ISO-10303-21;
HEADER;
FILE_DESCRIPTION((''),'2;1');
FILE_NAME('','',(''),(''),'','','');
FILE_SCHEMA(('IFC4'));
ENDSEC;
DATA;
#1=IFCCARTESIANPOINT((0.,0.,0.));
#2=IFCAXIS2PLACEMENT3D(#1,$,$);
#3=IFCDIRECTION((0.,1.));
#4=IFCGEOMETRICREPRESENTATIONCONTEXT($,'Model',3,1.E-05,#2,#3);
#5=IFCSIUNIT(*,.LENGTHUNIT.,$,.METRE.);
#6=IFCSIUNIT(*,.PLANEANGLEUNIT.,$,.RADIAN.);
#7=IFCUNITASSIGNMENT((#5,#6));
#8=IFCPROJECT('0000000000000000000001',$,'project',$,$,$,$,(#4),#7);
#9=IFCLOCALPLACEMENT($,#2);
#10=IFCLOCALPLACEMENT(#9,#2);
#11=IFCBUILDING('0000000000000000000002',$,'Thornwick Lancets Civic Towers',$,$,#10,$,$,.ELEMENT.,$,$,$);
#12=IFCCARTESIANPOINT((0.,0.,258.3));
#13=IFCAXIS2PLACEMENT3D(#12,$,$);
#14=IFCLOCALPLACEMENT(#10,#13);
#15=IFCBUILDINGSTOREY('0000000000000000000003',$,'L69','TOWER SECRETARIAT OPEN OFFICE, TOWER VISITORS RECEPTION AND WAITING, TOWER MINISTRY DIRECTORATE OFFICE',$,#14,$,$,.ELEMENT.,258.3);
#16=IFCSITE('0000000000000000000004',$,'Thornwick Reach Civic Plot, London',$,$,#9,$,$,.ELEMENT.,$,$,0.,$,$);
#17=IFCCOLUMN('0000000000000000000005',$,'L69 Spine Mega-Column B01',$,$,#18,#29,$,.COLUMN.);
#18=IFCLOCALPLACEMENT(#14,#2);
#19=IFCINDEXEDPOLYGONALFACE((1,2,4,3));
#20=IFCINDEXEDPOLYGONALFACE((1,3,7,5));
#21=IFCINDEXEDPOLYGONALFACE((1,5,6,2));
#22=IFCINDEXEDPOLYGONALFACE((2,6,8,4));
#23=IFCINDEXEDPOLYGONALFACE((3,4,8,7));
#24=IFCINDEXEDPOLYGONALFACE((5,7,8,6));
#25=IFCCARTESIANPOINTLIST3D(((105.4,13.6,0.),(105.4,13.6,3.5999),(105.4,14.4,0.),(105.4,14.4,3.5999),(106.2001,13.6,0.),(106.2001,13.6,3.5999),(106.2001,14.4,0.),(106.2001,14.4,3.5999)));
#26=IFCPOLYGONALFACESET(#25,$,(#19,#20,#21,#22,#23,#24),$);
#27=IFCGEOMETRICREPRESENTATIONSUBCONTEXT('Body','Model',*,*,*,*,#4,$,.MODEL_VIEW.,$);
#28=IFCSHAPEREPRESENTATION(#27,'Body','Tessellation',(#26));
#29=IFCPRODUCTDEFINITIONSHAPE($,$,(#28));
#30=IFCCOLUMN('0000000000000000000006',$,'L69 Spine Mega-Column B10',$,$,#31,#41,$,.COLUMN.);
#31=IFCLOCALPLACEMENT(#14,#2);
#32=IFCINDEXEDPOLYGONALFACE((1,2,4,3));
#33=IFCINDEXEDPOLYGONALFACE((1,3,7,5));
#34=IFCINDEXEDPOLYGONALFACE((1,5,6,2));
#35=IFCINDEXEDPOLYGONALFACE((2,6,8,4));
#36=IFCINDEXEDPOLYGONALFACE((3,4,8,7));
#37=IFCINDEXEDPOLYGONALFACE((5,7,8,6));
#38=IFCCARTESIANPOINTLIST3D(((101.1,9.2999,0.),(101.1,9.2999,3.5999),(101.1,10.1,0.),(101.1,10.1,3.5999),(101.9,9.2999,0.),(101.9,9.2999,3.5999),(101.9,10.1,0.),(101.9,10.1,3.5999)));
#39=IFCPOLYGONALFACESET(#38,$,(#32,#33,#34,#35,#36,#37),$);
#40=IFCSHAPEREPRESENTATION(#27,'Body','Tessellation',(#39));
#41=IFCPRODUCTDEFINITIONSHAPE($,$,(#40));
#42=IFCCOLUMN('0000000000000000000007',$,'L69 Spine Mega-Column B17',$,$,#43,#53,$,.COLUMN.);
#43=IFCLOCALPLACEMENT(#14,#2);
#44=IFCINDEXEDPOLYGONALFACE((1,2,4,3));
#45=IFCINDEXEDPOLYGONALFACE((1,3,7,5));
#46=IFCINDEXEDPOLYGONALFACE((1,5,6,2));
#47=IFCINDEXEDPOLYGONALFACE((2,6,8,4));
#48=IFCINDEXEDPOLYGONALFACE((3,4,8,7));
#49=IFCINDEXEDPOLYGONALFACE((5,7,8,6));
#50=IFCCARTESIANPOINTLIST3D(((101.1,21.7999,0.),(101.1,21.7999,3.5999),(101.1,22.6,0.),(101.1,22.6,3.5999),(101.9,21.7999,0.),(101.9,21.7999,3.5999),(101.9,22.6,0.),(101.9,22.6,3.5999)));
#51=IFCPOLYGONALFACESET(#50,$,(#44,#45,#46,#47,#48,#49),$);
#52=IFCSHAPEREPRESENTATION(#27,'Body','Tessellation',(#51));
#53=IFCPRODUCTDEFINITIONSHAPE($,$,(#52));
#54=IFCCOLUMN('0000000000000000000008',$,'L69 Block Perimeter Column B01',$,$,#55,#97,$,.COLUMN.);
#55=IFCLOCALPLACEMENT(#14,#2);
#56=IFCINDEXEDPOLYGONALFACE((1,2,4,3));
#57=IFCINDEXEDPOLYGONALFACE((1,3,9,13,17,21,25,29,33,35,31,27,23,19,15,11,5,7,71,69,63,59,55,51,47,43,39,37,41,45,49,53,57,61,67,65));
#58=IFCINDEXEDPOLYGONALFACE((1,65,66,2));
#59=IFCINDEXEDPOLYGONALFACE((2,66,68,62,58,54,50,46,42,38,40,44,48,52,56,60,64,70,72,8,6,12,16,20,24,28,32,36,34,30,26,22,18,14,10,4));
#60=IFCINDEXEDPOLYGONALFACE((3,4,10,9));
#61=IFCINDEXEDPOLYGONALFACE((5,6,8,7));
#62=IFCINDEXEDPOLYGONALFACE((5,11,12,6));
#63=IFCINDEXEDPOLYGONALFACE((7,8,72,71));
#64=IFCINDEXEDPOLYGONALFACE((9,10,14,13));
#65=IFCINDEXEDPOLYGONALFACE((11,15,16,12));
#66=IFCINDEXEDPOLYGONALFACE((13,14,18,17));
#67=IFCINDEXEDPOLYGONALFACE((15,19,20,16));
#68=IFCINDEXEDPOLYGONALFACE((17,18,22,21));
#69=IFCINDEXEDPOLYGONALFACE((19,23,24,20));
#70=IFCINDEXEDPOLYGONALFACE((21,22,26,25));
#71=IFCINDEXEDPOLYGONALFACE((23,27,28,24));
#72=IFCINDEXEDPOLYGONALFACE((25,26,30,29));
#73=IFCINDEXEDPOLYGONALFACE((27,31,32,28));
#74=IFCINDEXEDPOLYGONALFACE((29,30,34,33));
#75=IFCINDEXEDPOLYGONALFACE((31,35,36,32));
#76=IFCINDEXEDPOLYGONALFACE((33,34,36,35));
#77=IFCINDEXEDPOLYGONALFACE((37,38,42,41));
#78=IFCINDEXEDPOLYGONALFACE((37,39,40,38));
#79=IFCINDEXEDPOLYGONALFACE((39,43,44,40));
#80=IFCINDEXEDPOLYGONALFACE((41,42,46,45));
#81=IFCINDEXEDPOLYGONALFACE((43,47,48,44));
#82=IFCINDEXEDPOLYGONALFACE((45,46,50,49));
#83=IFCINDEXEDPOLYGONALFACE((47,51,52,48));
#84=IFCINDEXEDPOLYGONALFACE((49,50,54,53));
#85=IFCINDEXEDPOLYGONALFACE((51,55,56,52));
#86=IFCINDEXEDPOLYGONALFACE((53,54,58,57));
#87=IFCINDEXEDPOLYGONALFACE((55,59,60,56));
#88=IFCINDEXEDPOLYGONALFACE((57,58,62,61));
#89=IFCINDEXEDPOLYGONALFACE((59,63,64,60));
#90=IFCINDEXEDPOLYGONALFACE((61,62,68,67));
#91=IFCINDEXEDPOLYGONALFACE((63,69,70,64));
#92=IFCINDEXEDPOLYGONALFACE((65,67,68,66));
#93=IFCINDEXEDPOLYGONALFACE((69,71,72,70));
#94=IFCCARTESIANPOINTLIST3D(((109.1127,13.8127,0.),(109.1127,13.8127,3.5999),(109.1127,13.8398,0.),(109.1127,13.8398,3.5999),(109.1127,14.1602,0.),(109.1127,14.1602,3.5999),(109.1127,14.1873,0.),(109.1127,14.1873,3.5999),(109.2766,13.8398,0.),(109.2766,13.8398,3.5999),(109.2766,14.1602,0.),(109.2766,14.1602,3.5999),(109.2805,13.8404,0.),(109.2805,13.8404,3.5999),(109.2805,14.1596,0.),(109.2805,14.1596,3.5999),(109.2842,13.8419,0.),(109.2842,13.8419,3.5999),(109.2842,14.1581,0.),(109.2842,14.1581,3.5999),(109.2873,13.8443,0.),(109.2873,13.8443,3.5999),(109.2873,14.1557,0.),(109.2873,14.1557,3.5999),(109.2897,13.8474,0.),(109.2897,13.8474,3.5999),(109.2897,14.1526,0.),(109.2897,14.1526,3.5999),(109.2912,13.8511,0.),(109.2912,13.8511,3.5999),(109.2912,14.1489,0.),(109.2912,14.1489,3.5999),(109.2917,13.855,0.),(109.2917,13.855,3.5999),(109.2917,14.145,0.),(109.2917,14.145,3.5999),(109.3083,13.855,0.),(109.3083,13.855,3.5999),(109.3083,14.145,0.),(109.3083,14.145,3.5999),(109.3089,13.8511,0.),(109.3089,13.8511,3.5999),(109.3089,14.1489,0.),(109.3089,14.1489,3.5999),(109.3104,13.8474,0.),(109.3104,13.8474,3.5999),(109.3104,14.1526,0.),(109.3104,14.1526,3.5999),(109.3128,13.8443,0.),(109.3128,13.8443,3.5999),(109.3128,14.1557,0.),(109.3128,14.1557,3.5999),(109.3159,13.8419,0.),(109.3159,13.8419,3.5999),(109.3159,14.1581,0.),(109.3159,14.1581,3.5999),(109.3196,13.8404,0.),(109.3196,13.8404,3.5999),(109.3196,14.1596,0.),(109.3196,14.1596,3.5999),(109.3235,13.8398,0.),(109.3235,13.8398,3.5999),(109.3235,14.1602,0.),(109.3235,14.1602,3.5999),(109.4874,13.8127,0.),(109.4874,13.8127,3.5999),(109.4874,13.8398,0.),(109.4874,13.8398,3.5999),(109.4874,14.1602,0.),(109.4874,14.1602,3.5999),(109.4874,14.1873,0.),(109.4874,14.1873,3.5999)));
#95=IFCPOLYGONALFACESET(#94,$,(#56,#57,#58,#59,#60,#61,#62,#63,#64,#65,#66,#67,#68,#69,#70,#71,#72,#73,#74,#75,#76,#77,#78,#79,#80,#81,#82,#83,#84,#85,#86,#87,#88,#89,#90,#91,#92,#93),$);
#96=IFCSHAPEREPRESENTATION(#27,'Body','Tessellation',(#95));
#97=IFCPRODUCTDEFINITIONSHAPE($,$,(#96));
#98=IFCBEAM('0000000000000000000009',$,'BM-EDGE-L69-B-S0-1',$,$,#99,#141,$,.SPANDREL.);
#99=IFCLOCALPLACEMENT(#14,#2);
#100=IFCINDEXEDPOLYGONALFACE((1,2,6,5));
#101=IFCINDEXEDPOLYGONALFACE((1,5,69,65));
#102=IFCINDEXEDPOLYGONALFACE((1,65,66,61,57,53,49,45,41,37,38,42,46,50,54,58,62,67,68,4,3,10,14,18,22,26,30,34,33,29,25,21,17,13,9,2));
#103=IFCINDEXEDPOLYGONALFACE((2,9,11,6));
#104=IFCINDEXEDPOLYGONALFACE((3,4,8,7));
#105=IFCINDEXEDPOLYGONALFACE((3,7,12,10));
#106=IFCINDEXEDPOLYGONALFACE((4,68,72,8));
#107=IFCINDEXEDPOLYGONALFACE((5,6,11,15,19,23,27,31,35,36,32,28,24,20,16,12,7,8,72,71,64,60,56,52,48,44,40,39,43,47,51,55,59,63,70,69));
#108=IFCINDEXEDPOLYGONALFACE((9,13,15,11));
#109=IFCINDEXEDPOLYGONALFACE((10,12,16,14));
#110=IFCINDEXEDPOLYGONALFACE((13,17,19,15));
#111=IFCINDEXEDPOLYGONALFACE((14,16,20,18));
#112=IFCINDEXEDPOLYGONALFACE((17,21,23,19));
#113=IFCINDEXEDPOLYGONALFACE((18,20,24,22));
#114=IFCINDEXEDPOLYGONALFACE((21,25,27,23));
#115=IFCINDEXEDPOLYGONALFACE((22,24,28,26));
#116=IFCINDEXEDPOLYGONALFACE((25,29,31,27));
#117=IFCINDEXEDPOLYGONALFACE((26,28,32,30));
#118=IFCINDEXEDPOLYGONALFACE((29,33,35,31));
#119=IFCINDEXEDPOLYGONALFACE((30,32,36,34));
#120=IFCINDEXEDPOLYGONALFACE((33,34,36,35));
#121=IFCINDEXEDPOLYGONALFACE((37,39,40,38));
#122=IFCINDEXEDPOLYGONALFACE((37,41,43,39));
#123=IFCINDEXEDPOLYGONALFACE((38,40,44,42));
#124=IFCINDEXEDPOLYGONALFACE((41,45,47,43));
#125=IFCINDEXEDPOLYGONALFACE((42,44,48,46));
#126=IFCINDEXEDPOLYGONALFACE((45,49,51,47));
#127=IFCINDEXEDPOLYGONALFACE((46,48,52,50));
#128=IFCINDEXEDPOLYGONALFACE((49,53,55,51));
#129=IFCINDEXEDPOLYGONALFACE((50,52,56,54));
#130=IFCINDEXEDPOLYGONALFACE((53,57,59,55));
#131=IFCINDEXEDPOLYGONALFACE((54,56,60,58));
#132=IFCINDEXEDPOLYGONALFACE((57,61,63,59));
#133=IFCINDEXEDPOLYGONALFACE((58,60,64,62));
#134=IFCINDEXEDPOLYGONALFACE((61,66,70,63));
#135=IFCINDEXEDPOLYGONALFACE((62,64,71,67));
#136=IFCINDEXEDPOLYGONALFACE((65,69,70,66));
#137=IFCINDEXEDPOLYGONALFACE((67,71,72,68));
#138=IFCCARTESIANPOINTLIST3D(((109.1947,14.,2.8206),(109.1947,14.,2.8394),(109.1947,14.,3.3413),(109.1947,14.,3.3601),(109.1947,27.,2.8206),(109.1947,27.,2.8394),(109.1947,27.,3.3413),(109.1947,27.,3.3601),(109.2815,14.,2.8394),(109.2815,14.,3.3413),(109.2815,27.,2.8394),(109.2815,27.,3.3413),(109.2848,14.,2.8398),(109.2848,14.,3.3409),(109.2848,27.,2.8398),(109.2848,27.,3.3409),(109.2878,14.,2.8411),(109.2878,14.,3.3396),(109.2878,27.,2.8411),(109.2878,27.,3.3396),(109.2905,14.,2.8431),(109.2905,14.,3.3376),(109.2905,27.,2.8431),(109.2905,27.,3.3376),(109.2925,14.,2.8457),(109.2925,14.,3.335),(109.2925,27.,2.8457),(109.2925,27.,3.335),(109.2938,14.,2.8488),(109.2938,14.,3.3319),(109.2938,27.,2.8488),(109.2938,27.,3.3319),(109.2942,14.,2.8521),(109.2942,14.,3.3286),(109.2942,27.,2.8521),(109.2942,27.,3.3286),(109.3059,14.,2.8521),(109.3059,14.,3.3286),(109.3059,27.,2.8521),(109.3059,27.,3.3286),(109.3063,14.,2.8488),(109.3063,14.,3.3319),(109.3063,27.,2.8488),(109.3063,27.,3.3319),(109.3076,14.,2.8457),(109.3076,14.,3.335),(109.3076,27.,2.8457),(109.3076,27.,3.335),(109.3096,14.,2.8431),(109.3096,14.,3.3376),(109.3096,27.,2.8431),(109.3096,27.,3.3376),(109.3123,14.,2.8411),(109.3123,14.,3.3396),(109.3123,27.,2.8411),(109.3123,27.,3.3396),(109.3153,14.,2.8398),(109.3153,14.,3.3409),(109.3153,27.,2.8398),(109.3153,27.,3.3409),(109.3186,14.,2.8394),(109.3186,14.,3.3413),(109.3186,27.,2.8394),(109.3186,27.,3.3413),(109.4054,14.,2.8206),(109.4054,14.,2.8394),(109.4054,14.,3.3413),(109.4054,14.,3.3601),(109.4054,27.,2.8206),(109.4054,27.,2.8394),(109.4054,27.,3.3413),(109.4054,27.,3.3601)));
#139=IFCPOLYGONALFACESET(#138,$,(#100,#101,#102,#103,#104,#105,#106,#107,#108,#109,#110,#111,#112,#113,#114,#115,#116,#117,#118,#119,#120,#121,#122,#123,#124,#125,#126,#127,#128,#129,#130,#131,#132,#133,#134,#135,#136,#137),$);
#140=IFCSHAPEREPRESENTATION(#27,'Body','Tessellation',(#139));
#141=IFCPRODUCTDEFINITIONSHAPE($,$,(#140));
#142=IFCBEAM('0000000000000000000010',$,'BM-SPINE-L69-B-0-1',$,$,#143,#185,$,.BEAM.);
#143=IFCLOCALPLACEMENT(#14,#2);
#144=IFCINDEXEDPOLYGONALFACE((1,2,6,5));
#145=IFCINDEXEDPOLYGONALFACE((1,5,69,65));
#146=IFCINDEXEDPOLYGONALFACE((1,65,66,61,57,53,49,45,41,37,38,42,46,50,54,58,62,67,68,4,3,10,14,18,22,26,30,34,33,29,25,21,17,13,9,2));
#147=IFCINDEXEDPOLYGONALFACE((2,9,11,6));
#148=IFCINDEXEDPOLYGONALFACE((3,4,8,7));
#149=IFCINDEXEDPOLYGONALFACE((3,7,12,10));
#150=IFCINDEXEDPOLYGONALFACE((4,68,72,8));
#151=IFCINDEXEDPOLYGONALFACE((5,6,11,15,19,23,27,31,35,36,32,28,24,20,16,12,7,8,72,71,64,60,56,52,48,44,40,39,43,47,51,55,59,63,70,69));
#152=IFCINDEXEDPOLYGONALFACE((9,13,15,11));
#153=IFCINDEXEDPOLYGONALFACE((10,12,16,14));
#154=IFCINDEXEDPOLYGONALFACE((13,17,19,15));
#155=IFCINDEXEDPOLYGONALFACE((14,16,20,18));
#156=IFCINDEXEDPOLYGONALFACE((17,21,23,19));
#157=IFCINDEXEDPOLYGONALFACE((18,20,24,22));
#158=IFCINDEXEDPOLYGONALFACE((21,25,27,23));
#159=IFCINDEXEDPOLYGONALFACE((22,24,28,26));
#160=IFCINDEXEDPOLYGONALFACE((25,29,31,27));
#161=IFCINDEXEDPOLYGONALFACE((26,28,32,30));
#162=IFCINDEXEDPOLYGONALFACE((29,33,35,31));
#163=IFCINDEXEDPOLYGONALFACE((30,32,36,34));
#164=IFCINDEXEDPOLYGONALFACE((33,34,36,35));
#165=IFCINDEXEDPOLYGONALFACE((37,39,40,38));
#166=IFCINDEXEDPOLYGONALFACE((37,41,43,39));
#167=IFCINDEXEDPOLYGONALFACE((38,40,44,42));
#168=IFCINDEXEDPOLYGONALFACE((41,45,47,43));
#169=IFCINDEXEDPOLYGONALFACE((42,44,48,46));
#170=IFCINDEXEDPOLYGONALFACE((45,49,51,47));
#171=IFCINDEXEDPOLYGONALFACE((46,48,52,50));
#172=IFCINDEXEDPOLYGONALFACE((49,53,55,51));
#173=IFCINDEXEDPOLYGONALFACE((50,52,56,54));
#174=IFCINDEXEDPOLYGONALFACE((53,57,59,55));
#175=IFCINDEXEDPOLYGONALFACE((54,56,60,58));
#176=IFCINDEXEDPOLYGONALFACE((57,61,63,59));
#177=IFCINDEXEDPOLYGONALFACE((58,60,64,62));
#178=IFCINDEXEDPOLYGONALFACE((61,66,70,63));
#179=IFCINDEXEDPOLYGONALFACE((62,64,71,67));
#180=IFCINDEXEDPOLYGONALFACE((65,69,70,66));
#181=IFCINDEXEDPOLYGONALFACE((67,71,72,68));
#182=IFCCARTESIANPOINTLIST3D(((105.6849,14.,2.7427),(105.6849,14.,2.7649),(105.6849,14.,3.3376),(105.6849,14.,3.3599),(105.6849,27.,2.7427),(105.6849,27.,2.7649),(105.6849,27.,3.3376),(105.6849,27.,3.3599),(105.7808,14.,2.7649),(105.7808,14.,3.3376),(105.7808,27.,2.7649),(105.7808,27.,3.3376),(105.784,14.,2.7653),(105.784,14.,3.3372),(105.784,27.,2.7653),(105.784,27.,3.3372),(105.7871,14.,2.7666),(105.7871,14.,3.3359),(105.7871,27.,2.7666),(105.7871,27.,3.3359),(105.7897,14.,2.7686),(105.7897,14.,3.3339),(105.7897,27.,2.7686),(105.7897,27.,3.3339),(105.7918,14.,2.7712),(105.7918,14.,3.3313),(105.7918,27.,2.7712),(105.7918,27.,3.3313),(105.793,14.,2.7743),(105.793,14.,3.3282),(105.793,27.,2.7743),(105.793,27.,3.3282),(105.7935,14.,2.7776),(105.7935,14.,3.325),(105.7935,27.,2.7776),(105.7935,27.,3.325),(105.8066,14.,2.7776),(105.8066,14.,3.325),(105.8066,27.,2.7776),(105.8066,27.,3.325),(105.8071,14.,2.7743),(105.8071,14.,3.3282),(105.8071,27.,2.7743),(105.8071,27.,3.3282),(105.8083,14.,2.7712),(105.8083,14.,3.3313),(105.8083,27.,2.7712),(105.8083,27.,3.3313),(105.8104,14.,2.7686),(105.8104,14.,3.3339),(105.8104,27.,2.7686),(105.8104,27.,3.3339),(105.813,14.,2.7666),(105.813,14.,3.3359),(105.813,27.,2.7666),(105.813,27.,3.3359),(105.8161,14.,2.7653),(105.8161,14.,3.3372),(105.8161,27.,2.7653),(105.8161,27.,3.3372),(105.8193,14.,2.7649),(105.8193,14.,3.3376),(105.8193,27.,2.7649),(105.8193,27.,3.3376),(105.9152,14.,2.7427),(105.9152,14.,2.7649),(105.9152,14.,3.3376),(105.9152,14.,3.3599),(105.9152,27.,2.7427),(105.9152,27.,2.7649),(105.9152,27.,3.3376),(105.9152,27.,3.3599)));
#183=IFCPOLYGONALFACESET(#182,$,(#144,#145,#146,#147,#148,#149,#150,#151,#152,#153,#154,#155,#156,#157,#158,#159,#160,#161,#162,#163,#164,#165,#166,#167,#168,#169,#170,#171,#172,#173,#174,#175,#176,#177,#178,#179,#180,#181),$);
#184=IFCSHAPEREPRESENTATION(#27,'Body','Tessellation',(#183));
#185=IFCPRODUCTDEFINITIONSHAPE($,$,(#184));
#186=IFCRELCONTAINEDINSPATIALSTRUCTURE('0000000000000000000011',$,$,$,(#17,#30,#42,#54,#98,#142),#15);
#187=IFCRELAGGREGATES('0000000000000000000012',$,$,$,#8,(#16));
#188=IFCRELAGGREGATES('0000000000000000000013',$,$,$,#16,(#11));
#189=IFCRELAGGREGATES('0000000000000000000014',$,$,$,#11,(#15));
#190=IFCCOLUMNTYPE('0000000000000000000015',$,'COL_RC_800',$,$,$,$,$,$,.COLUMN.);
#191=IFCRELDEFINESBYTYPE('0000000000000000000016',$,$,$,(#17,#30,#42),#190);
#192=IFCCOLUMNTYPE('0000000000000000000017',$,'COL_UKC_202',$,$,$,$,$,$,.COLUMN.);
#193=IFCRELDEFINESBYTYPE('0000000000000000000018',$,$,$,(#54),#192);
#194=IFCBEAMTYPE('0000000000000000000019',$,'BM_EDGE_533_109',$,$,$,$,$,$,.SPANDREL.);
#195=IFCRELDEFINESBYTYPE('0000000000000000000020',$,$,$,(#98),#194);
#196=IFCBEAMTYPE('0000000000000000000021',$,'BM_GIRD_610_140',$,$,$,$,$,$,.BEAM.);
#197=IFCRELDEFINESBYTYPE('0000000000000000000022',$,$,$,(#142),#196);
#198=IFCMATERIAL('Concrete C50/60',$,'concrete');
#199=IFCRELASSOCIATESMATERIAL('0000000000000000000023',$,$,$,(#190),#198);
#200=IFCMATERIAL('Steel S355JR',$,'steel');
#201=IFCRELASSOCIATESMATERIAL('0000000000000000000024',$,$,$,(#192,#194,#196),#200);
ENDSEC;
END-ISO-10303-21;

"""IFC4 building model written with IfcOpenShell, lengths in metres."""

from ifc_helpers import new_model, si_unit, direction, frame, origin, origin_2d, place, context, subcontext, project, spatial, rectangle, i_section, extrude, material, material_profile, profile_set, type_object, element, save


model = new_model("IFC4")

# Units and contexts
model_context = context("Model", 3, precision=1e-05, world=origin(), true_north=direction((0.0, 1.0)))
body_context = subcontext(model_context, "Body", "Model", "MODEL_VIEW")
ifc_project = project(units=[si_unit("LENGTHUNIT", "METRE"), si_unit("PLANEANGLEUNIT", "RADIAN")], contexts=[model_context])

# Site, building, storey
site_placement = place(None, origin())
site = spatial("IfcSite", under=ifc_project, at=site_placement, Name="Thornwick Reach Civic Plot, London", CompositionType="ELEMENT", RefElevation=0.0)
building_placement = place(site_placement, origin())
building = spatial("IfcBuilding", under=site, at=building_placement, Name="Thornwick Lancets Civic Towers", CompositionType="ELEMENT")
storey_placement = place(building_placement, frame((0.0, 0.0, 258.3)))
storey = spatial("IfcBuildingStorey", under=building, at=storey_placement, Name="L69", Description="TOWER SECRETARIAT OPEN OFFICE, TOWER VISITORS RECEPTION AND WAITING, TOWER MINISTRY DIRECTORATE OFFICE", CompositionType="ELEMENT", Elevation=258.3)

# Columns
ifc_material_1 = material(Name="Concrete C50/60", Category="concrete")
ifc_material_profile_1 = material_profile(ifc_material_1, rectangle(XDim=0.8, YDim=0.8, at=origin_2d()), Name="RC 800x800")
ifc_profile_set_1 = profile_set([ifc_material_profile_1], Name="Concrete C50/60")
column_type_1 = type_object("IfcColumnType", Name="COL_RC_800", PredefinedType="COLUMN", material=ifc_profile_set_1)
for number, where, z_axis, x_axis, name in (
    (1, (105.8, 14.0, 0.0), (0.0, 0.0, 1.0), (1.0, 0.0, 0.0), "L69 Spine Mega-Column B01"),
    (2, (101.5, 9.7, 0.0), (0.0, 0.0, 1.0), (1.0, 0.0, 0.0), "L69 Spine Mega-Column B10"),
    (3, (101.5, 22.2, 0.0), (0.0, 0.0, 1.0), (1.0, 0.0, 0.0), "L69 Spine Mega-Column B17"),
):
    element("IfcColumn", number, at=place(storey_placement, frame(where, z_axis=z_axis, x_axis=x_axis)), inside=storey, type_object=column_type_1, Name=name, PredefinedType="COLUMN", context=body_context, shape_type="SweptSolid", body=[
        extrude(rectangle(XDim=0.8, YDim=0.8, at=origin_2d()), origin(), (0.0, 0.0, 1.0), 3.5999),
    ])
ifc_material_2 = material(Name="Steel S355JR", Category="steel")
ifc_material_profile_2 = material_profile(ifc_material_2, i_section(OverallWidth=0.3748, OverallDepth=0.3745, WebThickness=0.0166, FlangeThickness=0.0271, FilletRadius=0.0151, at=origin_2d()), Name="UKC 356x368x202")
ifc_profile_set_2 = profile_set([ifc_material_profile_2], Name="Steel S355JR")
column_type_2 = type_object("IfcColumnType", Name="COL_UKC_202", PredefinedType="COLUMN", material=ifc_profile_set_2)
column_placement = place(storey_placement, frame((109.3, 14.0, 0.0), z_axis=(0.0, 0.0, 1.0), x_axis=(1.0, 0.0, 0.0)))
element("IfcColumn", 4, at=column_placement, inside=storey, type_object=column_type_2, Name="L69 Block Perimeter Column B01", PredefinedType="COLUMN", context=body_context, shape_type="SweptSolid", body=[
    extrude(i_section(OverallWidth=0.3748, OverallDepth=0.3745, WebThickness=0.0166, FlangeThickness=0.0271, FilletRadius=0.0151, at=origin_2d()), origin(), (0.0, 0.0, 1.0), 3.5999),
])

# Beams
ifc_material_profile_3 = material_profile(ifc_material_2, i_section(OverallWidth=0.2107, OverallDepth=0.5396, WebThickness=0.0117, FlangeThickness=0.0188, FilletRadius=0.0127, at=origin_2d()), Name="UKB 533x210x109")
ifc_profile_set_3 = profile_set([ifc_material_profile_3], Name="Steel S355JR")
beam_type_1 = type_object("IfcBeamType", Name="BM_EDGE_533_109", PredefinedType="SPANDREL", material=ifc_profile_set_3)
beam_1_placement = place(storey_placement, frame((109.3, 14.0, 3.0903), z_axis=(0.0, 1.0, 0.0), x_axis=(-1.0, 0.0, 0.0)))
element("IfcBeam", 5, at=beam_1_placement, inside=storey, type_object=beam_type_1, Name="BM-EDGE-L69-B-S0-1", PredefinedType="SPANDREL", context=body_context, shape_type="SweptSolid", body=[
    extrude(i_section(OverallWidth=0.2107, OverallDepth=0.5396, WebThickness=0.0117, FlangeThickness=0.0188, FilletRadius=0.0127, at=origin_2d()), origin(), (0.0, 0.0, 1.0), 13.0),
])
ifc_material_profile_4 = material_profile(ifc_material_2, i_section(OverallWidth=0.2302, OverallDepth=0.6172, WebThickness=0.0132, FlangeThickness=0.0222, FilletRadius=0.0127, at=origin_2d()), Name="UKB 610x229x140")
ifc_profile_set_4 = profile_set([ifc_material_profile_4], Name="Steel S355JR")
beam_type_2 = type_object("IfcBeamType", Name="BM_GIRD_610_140", PredefinedType="BEAM", material=ifc_profile_set_4)
for number, where, z_axis, x_axis, name in (
    (6, (105.8, 14.0, 3.0513), (0.0, 1.0, 0.0), (-1.0, 0.0, 0.0), "BM-SPINE-L69-B-0-1"),
):
    element("IfcBeam", number, at=place(storey_placement, frame(where, z_axis=z_axis, x_axis=x_axis)), inside=storey, type_object=beam_type_2, Name=name, PredefinedType="BEAM", context=body_context, shape_type="SweptSolid", body=[
        extrude(i_section(OverallWidth=0.2302, OverallDepth=0.6172, WebThickness=0.0132, FlangeThickness=0.0222, FilletRadius=0.0127, at=origin_2d()), origin(), (0.0, 0.0, 1.0), 13.0),
    ])

save(model, "model.ifc")
